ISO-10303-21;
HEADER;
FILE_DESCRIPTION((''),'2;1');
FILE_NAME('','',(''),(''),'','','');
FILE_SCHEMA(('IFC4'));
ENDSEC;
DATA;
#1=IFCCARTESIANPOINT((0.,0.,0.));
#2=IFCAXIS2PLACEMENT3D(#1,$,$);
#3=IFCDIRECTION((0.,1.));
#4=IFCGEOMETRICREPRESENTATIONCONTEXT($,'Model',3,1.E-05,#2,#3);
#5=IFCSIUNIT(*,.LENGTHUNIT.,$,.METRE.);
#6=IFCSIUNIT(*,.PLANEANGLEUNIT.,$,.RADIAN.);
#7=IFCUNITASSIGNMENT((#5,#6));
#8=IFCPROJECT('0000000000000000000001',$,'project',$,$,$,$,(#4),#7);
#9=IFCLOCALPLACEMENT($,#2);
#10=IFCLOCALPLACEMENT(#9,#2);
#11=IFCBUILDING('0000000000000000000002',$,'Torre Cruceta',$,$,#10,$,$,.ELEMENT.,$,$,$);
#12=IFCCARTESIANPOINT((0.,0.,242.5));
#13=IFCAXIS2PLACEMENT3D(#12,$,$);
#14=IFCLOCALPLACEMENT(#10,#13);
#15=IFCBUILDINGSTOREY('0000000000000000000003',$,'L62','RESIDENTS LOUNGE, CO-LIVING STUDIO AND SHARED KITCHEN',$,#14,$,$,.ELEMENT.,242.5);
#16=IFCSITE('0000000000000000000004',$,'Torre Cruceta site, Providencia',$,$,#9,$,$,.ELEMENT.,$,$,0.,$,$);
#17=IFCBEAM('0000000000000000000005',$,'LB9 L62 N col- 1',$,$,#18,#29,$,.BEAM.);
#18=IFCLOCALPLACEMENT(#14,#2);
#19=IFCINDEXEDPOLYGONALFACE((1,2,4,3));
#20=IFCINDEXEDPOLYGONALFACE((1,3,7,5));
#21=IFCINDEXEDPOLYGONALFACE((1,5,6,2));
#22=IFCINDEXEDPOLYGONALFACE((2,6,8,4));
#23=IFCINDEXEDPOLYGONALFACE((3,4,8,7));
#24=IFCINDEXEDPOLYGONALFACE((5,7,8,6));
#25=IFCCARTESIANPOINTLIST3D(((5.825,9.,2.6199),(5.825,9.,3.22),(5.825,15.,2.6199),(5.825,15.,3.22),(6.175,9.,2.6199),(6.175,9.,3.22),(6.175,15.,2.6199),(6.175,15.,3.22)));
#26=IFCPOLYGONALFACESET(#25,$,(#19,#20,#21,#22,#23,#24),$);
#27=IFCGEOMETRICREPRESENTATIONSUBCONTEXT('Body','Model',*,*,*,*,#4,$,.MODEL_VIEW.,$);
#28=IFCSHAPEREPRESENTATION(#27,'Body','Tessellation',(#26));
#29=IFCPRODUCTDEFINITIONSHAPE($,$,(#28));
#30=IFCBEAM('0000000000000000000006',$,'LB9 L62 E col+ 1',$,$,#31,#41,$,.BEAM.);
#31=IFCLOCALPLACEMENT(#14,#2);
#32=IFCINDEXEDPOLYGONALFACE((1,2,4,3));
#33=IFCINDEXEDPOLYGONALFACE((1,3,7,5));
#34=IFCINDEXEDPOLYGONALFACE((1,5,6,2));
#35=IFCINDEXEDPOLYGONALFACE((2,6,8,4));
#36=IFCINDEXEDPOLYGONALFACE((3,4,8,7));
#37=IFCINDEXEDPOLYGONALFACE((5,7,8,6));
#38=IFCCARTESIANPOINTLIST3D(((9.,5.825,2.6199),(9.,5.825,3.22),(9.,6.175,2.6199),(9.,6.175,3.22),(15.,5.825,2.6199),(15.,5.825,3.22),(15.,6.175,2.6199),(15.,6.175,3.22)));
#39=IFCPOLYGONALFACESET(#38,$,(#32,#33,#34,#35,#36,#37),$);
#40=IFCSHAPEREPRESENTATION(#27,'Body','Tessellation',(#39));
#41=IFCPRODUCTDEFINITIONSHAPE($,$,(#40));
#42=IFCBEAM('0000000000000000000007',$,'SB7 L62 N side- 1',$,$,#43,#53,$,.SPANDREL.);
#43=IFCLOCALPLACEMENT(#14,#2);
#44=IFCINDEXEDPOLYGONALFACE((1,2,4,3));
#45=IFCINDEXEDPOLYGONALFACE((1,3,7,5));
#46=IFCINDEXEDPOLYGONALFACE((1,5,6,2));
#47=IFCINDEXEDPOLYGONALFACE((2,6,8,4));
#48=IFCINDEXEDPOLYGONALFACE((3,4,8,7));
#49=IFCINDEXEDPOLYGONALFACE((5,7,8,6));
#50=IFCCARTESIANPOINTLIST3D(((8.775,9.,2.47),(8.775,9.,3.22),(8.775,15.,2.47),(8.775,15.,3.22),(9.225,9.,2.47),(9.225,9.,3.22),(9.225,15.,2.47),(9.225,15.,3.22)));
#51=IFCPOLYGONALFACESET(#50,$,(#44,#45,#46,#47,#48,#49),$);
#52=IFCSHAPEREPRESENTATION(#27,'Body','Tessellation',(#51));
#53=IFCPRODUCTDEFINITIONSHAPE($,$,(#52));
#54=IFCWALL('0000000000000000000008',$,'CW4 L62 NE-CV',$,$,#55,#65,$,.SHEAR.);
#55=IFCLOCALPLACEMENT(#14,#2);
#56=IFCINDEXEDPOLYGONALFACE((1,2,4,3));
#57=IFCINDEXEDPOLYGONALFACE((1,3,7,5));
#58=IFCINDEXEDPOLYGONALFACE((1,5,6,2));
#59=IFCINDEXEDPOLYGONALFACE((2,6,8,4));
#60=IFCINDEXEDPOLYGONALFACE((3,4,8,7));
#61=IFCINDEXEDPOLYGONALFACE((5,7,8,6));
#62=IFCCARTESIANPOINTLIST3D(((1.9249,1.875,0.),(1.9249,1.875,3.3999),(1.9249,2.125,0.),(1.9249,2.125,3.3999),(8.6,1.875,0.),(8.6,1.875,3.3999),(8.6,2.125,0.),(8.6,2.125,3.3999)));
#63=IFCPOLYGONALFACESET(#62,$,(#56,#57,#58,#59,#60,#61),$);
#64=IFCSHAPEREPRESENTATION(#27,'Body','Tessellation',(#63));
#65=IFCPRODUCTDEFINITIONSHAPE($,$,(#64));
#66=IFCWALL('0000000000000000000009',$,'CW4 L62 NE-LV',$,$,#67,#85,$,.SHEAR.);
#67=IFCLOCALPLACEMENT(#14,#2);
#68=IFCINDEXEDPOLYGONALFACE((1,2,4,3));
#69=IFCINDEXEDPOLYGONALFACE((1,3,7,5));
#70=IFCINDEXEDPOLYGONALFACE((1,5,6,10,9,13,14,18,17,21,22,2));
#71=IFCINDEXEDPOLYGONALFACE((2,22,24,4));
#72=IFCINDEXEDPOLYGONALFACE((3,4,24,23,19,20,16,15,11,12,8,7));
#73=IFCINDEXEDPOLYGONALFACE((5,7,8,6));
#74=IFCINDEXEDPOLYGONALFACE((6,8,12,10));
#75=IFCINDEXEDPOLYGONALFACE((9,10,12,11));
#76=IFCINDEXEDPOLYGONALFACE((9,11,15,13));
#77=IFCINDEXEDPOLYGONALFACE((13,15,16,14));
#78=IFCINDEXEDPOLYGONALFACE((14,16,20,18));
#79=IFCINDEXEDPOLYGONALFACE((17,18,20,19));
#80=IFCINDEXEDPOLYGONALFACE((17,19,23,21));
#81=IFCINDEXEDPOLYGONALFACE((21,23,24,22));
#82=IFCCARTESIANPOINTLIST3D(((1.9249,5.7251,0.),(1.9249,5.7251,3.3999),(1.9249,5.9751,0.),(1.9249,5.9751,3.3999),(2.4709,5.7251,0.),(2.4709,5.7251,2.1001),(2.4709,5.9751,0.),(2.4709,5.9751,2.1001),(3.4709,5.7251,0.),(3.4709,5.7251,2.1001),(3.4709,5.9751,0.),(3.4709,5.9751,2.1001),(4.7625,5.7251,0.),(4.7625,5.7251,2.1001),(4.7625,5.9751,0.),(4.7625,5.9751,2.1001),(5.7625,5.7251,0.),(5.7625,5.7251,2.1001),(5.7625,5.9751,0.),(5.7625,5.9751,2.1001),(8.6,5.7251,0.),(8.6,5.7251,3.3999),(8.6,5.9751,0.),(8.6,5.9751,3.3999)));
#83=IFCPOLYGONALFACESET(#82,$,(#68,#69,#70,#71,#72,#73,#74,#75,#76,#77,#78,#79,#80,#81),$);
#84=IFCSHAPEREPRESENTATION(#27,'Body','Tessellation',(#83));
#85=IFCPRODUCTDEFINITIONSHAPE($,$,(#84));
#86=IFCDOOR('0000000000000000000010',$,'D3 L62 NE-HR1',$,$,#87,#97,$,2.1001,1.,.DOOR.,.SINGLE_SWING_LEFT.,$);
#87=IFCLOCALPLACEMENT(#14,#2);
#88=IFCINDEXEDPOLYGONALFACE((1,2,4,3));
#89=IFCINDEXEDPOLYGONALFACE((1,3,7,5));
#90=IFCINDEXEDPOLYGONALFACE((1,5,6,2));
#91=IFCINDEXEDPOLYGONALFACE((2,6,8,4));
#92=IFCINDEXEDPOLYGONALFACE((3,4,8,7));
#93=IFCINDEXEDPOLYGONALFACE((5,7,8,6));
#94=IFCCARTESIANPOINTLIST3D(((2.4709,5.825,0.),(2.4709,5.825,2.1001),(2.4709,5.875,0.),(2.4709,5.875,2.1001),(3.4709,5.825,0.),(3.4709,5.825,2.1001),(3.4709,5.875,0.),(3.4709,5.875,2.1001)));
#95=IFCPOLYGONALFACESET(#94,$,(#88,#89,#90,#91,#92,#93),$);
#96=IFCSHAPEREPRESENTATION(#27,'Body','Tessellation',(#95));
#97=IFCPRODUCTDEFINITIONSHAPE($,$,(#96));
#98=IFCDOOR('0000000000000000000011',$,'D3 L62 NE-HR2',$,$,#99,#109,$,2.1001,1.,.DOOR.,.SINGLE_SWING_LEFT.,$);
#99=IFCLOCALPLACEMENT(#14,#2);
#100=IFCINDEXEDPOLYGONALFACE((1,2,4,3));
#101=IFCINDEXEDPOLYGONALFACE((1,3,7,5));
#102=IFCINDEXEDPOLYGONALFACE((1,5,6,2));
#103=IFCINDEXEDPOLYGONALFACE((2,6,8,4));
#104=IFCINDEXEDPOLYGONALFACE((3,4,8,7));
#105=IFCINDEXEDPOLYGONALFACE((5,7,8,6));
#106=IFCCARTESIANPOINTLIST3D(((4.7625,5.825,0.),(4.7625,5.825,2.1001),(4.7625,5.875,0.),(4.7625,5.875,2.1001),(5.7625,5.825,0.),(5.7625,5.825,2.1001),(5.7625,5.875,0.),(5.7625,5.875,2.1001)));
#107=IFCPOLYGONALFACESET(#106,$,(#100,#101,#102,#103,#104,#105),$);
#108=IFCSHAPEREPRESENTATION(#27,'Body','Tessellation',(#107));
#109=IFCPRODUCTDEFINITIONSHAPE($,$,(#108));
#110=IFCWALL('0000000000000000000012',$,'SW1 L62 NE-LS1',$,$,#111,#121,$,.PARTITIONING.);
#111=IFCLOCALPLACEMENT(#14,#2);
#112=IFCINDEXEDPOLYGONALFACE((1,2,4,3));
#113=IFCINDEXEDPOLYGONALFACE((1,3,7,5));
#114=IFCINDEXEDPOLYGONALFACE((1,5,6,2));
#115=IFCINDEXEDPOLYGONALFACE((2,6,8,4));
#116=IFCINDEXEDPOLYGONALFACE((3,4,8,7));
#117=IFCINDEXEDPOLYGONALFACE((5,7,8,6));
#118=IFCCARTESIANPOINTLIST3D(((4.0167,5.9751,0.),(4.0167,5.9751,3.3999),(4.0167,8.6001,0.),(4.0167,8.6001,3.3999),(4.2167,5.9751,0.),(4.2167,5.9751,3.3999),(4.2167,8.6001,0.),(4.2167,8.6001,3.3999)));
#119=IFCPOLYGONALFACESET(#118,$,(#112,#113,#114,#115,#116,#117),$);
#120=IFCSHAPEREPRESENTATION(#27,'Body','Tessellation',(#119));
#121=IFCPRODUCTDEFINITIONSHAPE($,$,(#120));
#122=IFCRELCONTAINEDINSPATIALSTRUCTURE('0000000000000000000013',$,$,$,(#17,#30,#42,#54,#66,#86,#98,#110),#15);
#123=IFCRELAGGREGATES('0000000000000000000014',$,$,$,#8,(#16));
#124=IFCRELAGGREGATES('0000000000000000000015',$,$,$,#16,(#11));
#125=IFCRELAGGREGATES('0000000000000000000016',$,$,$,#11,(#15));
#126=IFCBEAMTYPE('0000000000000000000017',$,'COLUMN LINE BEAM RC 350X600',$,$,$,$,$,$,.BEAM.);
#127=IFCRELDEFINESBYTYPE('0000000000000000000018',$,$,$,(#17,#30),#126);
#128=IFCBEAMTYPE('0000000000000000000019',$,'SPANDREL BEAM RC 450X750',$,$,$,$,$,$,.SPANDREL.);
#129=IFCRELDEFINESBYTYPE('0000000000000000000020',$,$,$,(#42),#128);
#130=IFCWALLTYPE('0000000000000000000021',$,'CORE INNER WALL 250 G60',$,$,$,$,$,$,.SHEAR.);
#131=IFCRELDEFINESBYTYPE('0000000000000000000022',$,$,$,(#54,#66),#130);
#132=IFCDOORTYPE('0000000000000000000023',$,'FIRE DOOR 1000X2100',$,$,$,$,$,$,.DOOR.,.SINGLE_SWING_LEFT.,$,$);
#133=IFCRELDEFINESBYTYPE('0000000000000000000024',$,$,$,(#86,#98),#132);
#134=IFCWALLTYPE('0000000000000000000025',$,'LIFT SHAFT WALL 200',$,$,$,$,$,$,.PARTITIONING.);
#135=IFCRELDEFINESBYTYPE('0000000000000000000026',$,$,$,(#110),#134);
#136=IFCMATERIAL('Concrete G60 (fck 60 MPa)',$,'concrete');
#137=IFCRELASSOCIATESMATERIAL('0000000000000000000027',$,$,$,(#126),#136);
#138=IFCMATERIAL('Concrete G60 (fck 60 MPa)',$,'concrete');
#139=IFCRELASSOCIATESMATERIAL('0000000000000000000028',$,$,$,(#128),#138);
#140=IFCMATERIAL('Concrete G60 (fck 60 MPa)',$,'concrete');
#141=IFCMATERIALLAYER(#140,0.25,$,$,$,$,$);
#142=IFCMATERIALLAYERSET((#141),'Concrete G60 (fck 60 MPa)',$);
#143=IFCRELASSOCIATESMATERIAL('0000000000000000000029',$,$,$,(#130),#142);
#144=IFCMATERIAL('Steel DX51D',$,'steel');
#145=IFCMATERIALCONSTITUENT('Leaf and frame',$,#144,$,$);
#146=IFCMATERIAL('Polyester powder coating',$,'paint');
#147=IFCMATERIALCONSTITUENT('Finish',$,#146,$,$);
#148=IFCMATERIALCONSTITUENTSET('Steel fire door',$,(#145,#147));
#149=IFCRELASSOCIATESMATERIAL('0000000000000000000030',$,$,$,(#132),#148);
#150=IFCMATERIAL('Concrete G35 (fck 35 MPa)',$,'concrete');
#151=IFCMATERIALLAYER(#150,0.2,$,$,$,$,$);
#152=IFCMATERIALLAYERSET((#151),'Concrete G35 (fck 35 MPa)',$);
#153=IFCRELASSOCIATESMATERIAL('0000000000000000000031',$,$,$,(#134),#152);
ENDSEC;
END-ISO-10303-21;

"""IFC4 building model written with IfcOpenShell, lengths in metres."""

from ifc_helpers import new_model, si_unit, direction, frame, frame_2d, origin, origin_2d, place, context, subcontext, project, spatial, rectangle, extrude, material, layer, layer_set, constituent, constituent_set, material_profile, profile_set, type_object, element, fill, save


model = new_model("IFC4")

# Units and contexts
model_context = context("Model", 3, precision=1e-05, world=origin(), true_north=direction((0.0, 1.0)))
body_context = subcontext(model_context, "Body", "Model", "MODEL_VIEW")
ifc_project = project(units=[si_unit("LENGTHUNIT", "METRE"), si_unit("PLANEANGLEUNIT", "RADIAN")], contexts=[model_context])

# Site, building, storey
site_placement = place(None, origin())
site = spatial("IfcSite", under=ifc_project, at=site_placement, Name="Torre Cruceta site, Providencia", CompositionType="ELEMENT", RefElevation=0.0)
building_placement = place(site_placement, origin())
building = spatial("IfcBuilding", under=site, at=building_placement, Name="Torre Cruceta", CompositionType="ELEMENT")
storey_placement = place(building_placement, frame((0.0, 0.0, 242.5)))
storey = spatial("IfcBuildingStorey", under=building, at=storey_placement, Name="L62", Description="RESIDENTS LOUNGE, CO-LIVING STUDIO AND SHARED KITCHEN", CompositionType="ELEMENT", Elevation=242.5)

# Beams
ifc_material_1 = material(Name="Concrete G60 (fck 60 MPa)", Category="concrete")
ifc_material_profile_1 = material_profile(ifc_material_1, rectangle(XDim=0.3501, YDim=0.6001, at=origin_2d()), Name="RC 350X600")
ifc_profile_set_1 = profile_set([ifc_material_profile_1], Name="Concrete G60 (fck 60 MPa)")
beam_type_1 = type_object("IfcBeamType", Name="COLUMN LINE BEAM RC 350X600", PredefinedType="BEAM", material=ifc_profile_set_1)
for number, where, z_axis, x_axis, name in (
    (1, (6.0, 9.0, 2.9199), (0.0, 1.0, 0.0), (-1.0, 0.0, 0.0), "LB9 L62 N col- 1"),
    (2, (9.0, 6.0, 2.9199), (1.0, 0.0, 0.0), (0.0, 1.0, 0.0), "LB9 L62 E col+ 1"),
):
    element("IfcBeam", number, at=place(storey_placement, frame(where, z_axis=z_axis, x_axis=x_axis)), inside=storey, type_object=beam_type_1, Name=name, PredefinedType="BEAM", context=body_context, shape_type="SweptSolid", body=[
        extrude(rectangle(XDim=0.3501, YDim=0.6001, at=origin_2d()), origin(), (0.0, 0.0, 1.0), 6.0),
    ])
ifc_material_2 = material(Name="Concrete G60 (fck 60 MPa)", Category="concrete")
ifc_material_profile_2 = material_profile(ifc_material_2, rectangle(XDim=0.45, YDim=0.75, at=origin_2d()), Name="RC 450X750")
ifc_profile_set_2 = profile_set([ifc_material_profile_2], Name="Concrete G60 (fck 60 MPa)")
beam_type_2 = type_object("IfcBeamType", Name="SPANDREL BEAM RC 450X750", PredefinedType="SPANDREL", material=ifc_profile_set_2)
beam_placement = place(storey_placement, frame((9.0, 9.0, 2.845), z_axis=(0.0, 1.0, 0.0), x_axis=(-1.0, 0.0, 0.0)))
element("IfcBeam", 3, at=beam_placement, inside=storey, type_object=beam_type_2, Name="SB7 L62 N side- 1", PredefinedType="SPANDREL", context=body_context, shape_type="SweptSolid", body=[
    extrude(rectangle(XDim=0.45, YDim=0.75, at=origin_2d()), origin(), (0.0, 0.0, 1.0), 6.0),
])

# Wall
ifc_material_3 = material(Name="Concrete G60 (fck 60 MPa)", Category="concrete")
ifc_layer_1 = layer(ifc_material_3, 0.25)
ifc_layer_set_1 = layer_set([ifc_layer_1], Name="Concrete G60 (fck 60 MPa)")
wall_type_1 = type_object("IfcWallType", Name="CORE INNER WALL 250 G60", PredefinedType="SHEAR", material=ifc_layer_set_1)
wall_1_placement = place(storey_placement, frame((1.925, 2.0, 0.0), z_axis=(0.0, 0.0, 1.0), x_axis=(1.0, 0.0, 0.0)))
element("IfcWall", 4, at=wall_1_placement, inside=storey, type_object=wall_type_1, Name="CW4 L62 NE-CV", PredefinedType="SHEAR", context=body_context, shape_type="SweptSolid", body=[
    extrude(rectangle(XDim=6.675, YDim=0.25, at=frame_2d((3.3374, 0.0))), origin(), (0.0, 0.0, 1.0), 3.3999),
])

# Wall, openings, doors
wall_2_placement = place(storey_placement, frame((1.925, 5.8501, 0.0), z_axis=(0.0, 0.0, 1.0), x_axis=(1.0, 0.0, 0.0)))
wall_2 = element("IfcWall", 5, at=wall_2_placement, inside=storey, type_object=wall_type_1, Name="CW4 L62 NE-LV", PredefinedType="SHEAR", context=body_context, shape_type="SweptSolid", body=[
    extrude(rectangle(XDim=6.675, YDim=0.25, at=frame_2d((3.3374, 0.0))), origin(), (0.0, 0.0, 1.0), 3.3999),
])
opening_1_placement = place(wall_2_placement, frame((0.5459, 0.0, 0.0)))
opening_1 = element("IfcOpeningElement", 6, at=opening_1_placement, cuts=wall_2, PredefinedType="OPENING", context=body_context, shape_type="SweptSolid", body=[
    extrude(rectangle(XDim=1.0, YDim=2.1001, at=frame_2d((0.5, 1.05))), frame((0.0, 0.135, 0.0), z_axis=(0.0, -1.0, 0.0), x_axis=(1.0, 0.0, 0.0)), (0.0, 0.0, 1.0), 0.27),
])
opening_2_placement = place(wall_2_placement, frame((2.8374, 0.0, 0.0)))
opening_2 = element("IfcOpeningElement", 7, at=opening_2_placement, cuts=wall_2, PredefinedType="OPENING", context=body_context, shape_type="SweptSolid", body=[
    extrude(rectangle(XDim=1.0, YDim=2.1001, at=frame_2d((0.5, 1.05))), frame((0.0, 0.135, 0.0), z_axis=(0.0, -1.0, 0.0), x_axis=(1.0, 0.0, 0.0)), (0.0, 0.0, 1.0), 0.27),
])
ifc_material_4 = material(Name="Steel DX51D", Category="steel")
ifc_constituent_1 = constituent(ifc_material_4, Name="Leaf and frame")
ifc_material_5 = material(Name="Polyester powder coating", Category="paint")
ifc_constituent_2 = constituent(ifc_material_5, Name="Finish")
ifc_constituent_set_1 = constituent_set(constituents=[ifc_constituent_1, ifc_constituent_2], Name="Steel fire door")
door_type_1 = type_object("IfcDoorType", Name="FIRE DOOR 1000X2100", OperationType="SINGLE_SWING_LEFT", PredefinedType="DOOR", material=ifc_constituent_set_1)
door_1_placement = place(opening_1_placement, origin())
door_1 = element("IfcDoor", 8, at=door_1_placement, inside=storey, type_object=door_type_1, Name="D3 L62 NE-HR1", OperationType="SINGLE_SWING_LEFT", OverallHeight=2.1001, OverallWidth=1.0, PredefinedType="DOOR", context=body_context, shape_type="SweptSolid", body=[
    extrude(rectangle(XDim=1.0, YDim=2.1001, at=frame_2d((0.5, 1.05))), frame((0.0, 0.0249, 0.0), z_axis=(0.0, -1.0, 0.0), x_axis=(1.0, 0.0, 0.0)), (0.0, 0.0, 1.0), 0.05),
])
fill(opening_1, door_1)
door_2_placement = place(opening_2_placement, origin())
door_2 = element("IfcDoor", 9, at=door_2_placement, inside=storey, type_object=door_type_1, Name="D3 L62 NE-HR2", OperationType="SINGLE_SWING_LEFT", OverallHeight=2.1001, OverallWidth=1.0, PredefinedType="DOOR", context=body_context, shape_type="SweptSolid", body=[
    extrude(rectangle(XDim=1.0, YDim=2.1001, at=frame_2d((0.5, 1.05))), frame((0.0, 0.0249, 0.0), z_axis=(0.0, -1.0, 0.0), x_axis=(1.0, 0.0, 0.0)), (0.0, 0.0, 1.0), 0.05),
])
fill(opening_2, door_2)

# Wall
ifc_material_6 = material(Name="Concrete G35 (fck 35 MPa)", Category="concrete")
ifc_layer_2 = layer(ifc_material_6, 0.2)
ifc_layer_set_2 = layer_set([ifc_layer_2], Name="Concrete G35 (fck 35 MPa)")
wall_type_2 = type_object("IfcWallType", Name="LIFT SHAFT WALL 200", PredefinedType="PARTITIONING", material=ifc_layer_set_2)
wall_3_placement = place(storey_placement, frame((4.1167, 5.9751, 0.0), z_axis=(0.0, 0.0, 1.0), x_axis=(0.0, 1.0, 0.0)))
element("IfcWall", 10, at=wall_3_placement, inside=storey, type_object=wall_type_2, Name="SW1 L62 NE-LS1", PredefinedType="PARTITIONING", context=body_context, shape_type="SweptSolid", body=[
    extrude(rectangle(XDim=2.625, YDim=0.2, at=frame_2d((1.3125, 0.0))), origin(), (0.0, 0.0, 1.0), 3.3999),
])

save(model, "model.ifc")
